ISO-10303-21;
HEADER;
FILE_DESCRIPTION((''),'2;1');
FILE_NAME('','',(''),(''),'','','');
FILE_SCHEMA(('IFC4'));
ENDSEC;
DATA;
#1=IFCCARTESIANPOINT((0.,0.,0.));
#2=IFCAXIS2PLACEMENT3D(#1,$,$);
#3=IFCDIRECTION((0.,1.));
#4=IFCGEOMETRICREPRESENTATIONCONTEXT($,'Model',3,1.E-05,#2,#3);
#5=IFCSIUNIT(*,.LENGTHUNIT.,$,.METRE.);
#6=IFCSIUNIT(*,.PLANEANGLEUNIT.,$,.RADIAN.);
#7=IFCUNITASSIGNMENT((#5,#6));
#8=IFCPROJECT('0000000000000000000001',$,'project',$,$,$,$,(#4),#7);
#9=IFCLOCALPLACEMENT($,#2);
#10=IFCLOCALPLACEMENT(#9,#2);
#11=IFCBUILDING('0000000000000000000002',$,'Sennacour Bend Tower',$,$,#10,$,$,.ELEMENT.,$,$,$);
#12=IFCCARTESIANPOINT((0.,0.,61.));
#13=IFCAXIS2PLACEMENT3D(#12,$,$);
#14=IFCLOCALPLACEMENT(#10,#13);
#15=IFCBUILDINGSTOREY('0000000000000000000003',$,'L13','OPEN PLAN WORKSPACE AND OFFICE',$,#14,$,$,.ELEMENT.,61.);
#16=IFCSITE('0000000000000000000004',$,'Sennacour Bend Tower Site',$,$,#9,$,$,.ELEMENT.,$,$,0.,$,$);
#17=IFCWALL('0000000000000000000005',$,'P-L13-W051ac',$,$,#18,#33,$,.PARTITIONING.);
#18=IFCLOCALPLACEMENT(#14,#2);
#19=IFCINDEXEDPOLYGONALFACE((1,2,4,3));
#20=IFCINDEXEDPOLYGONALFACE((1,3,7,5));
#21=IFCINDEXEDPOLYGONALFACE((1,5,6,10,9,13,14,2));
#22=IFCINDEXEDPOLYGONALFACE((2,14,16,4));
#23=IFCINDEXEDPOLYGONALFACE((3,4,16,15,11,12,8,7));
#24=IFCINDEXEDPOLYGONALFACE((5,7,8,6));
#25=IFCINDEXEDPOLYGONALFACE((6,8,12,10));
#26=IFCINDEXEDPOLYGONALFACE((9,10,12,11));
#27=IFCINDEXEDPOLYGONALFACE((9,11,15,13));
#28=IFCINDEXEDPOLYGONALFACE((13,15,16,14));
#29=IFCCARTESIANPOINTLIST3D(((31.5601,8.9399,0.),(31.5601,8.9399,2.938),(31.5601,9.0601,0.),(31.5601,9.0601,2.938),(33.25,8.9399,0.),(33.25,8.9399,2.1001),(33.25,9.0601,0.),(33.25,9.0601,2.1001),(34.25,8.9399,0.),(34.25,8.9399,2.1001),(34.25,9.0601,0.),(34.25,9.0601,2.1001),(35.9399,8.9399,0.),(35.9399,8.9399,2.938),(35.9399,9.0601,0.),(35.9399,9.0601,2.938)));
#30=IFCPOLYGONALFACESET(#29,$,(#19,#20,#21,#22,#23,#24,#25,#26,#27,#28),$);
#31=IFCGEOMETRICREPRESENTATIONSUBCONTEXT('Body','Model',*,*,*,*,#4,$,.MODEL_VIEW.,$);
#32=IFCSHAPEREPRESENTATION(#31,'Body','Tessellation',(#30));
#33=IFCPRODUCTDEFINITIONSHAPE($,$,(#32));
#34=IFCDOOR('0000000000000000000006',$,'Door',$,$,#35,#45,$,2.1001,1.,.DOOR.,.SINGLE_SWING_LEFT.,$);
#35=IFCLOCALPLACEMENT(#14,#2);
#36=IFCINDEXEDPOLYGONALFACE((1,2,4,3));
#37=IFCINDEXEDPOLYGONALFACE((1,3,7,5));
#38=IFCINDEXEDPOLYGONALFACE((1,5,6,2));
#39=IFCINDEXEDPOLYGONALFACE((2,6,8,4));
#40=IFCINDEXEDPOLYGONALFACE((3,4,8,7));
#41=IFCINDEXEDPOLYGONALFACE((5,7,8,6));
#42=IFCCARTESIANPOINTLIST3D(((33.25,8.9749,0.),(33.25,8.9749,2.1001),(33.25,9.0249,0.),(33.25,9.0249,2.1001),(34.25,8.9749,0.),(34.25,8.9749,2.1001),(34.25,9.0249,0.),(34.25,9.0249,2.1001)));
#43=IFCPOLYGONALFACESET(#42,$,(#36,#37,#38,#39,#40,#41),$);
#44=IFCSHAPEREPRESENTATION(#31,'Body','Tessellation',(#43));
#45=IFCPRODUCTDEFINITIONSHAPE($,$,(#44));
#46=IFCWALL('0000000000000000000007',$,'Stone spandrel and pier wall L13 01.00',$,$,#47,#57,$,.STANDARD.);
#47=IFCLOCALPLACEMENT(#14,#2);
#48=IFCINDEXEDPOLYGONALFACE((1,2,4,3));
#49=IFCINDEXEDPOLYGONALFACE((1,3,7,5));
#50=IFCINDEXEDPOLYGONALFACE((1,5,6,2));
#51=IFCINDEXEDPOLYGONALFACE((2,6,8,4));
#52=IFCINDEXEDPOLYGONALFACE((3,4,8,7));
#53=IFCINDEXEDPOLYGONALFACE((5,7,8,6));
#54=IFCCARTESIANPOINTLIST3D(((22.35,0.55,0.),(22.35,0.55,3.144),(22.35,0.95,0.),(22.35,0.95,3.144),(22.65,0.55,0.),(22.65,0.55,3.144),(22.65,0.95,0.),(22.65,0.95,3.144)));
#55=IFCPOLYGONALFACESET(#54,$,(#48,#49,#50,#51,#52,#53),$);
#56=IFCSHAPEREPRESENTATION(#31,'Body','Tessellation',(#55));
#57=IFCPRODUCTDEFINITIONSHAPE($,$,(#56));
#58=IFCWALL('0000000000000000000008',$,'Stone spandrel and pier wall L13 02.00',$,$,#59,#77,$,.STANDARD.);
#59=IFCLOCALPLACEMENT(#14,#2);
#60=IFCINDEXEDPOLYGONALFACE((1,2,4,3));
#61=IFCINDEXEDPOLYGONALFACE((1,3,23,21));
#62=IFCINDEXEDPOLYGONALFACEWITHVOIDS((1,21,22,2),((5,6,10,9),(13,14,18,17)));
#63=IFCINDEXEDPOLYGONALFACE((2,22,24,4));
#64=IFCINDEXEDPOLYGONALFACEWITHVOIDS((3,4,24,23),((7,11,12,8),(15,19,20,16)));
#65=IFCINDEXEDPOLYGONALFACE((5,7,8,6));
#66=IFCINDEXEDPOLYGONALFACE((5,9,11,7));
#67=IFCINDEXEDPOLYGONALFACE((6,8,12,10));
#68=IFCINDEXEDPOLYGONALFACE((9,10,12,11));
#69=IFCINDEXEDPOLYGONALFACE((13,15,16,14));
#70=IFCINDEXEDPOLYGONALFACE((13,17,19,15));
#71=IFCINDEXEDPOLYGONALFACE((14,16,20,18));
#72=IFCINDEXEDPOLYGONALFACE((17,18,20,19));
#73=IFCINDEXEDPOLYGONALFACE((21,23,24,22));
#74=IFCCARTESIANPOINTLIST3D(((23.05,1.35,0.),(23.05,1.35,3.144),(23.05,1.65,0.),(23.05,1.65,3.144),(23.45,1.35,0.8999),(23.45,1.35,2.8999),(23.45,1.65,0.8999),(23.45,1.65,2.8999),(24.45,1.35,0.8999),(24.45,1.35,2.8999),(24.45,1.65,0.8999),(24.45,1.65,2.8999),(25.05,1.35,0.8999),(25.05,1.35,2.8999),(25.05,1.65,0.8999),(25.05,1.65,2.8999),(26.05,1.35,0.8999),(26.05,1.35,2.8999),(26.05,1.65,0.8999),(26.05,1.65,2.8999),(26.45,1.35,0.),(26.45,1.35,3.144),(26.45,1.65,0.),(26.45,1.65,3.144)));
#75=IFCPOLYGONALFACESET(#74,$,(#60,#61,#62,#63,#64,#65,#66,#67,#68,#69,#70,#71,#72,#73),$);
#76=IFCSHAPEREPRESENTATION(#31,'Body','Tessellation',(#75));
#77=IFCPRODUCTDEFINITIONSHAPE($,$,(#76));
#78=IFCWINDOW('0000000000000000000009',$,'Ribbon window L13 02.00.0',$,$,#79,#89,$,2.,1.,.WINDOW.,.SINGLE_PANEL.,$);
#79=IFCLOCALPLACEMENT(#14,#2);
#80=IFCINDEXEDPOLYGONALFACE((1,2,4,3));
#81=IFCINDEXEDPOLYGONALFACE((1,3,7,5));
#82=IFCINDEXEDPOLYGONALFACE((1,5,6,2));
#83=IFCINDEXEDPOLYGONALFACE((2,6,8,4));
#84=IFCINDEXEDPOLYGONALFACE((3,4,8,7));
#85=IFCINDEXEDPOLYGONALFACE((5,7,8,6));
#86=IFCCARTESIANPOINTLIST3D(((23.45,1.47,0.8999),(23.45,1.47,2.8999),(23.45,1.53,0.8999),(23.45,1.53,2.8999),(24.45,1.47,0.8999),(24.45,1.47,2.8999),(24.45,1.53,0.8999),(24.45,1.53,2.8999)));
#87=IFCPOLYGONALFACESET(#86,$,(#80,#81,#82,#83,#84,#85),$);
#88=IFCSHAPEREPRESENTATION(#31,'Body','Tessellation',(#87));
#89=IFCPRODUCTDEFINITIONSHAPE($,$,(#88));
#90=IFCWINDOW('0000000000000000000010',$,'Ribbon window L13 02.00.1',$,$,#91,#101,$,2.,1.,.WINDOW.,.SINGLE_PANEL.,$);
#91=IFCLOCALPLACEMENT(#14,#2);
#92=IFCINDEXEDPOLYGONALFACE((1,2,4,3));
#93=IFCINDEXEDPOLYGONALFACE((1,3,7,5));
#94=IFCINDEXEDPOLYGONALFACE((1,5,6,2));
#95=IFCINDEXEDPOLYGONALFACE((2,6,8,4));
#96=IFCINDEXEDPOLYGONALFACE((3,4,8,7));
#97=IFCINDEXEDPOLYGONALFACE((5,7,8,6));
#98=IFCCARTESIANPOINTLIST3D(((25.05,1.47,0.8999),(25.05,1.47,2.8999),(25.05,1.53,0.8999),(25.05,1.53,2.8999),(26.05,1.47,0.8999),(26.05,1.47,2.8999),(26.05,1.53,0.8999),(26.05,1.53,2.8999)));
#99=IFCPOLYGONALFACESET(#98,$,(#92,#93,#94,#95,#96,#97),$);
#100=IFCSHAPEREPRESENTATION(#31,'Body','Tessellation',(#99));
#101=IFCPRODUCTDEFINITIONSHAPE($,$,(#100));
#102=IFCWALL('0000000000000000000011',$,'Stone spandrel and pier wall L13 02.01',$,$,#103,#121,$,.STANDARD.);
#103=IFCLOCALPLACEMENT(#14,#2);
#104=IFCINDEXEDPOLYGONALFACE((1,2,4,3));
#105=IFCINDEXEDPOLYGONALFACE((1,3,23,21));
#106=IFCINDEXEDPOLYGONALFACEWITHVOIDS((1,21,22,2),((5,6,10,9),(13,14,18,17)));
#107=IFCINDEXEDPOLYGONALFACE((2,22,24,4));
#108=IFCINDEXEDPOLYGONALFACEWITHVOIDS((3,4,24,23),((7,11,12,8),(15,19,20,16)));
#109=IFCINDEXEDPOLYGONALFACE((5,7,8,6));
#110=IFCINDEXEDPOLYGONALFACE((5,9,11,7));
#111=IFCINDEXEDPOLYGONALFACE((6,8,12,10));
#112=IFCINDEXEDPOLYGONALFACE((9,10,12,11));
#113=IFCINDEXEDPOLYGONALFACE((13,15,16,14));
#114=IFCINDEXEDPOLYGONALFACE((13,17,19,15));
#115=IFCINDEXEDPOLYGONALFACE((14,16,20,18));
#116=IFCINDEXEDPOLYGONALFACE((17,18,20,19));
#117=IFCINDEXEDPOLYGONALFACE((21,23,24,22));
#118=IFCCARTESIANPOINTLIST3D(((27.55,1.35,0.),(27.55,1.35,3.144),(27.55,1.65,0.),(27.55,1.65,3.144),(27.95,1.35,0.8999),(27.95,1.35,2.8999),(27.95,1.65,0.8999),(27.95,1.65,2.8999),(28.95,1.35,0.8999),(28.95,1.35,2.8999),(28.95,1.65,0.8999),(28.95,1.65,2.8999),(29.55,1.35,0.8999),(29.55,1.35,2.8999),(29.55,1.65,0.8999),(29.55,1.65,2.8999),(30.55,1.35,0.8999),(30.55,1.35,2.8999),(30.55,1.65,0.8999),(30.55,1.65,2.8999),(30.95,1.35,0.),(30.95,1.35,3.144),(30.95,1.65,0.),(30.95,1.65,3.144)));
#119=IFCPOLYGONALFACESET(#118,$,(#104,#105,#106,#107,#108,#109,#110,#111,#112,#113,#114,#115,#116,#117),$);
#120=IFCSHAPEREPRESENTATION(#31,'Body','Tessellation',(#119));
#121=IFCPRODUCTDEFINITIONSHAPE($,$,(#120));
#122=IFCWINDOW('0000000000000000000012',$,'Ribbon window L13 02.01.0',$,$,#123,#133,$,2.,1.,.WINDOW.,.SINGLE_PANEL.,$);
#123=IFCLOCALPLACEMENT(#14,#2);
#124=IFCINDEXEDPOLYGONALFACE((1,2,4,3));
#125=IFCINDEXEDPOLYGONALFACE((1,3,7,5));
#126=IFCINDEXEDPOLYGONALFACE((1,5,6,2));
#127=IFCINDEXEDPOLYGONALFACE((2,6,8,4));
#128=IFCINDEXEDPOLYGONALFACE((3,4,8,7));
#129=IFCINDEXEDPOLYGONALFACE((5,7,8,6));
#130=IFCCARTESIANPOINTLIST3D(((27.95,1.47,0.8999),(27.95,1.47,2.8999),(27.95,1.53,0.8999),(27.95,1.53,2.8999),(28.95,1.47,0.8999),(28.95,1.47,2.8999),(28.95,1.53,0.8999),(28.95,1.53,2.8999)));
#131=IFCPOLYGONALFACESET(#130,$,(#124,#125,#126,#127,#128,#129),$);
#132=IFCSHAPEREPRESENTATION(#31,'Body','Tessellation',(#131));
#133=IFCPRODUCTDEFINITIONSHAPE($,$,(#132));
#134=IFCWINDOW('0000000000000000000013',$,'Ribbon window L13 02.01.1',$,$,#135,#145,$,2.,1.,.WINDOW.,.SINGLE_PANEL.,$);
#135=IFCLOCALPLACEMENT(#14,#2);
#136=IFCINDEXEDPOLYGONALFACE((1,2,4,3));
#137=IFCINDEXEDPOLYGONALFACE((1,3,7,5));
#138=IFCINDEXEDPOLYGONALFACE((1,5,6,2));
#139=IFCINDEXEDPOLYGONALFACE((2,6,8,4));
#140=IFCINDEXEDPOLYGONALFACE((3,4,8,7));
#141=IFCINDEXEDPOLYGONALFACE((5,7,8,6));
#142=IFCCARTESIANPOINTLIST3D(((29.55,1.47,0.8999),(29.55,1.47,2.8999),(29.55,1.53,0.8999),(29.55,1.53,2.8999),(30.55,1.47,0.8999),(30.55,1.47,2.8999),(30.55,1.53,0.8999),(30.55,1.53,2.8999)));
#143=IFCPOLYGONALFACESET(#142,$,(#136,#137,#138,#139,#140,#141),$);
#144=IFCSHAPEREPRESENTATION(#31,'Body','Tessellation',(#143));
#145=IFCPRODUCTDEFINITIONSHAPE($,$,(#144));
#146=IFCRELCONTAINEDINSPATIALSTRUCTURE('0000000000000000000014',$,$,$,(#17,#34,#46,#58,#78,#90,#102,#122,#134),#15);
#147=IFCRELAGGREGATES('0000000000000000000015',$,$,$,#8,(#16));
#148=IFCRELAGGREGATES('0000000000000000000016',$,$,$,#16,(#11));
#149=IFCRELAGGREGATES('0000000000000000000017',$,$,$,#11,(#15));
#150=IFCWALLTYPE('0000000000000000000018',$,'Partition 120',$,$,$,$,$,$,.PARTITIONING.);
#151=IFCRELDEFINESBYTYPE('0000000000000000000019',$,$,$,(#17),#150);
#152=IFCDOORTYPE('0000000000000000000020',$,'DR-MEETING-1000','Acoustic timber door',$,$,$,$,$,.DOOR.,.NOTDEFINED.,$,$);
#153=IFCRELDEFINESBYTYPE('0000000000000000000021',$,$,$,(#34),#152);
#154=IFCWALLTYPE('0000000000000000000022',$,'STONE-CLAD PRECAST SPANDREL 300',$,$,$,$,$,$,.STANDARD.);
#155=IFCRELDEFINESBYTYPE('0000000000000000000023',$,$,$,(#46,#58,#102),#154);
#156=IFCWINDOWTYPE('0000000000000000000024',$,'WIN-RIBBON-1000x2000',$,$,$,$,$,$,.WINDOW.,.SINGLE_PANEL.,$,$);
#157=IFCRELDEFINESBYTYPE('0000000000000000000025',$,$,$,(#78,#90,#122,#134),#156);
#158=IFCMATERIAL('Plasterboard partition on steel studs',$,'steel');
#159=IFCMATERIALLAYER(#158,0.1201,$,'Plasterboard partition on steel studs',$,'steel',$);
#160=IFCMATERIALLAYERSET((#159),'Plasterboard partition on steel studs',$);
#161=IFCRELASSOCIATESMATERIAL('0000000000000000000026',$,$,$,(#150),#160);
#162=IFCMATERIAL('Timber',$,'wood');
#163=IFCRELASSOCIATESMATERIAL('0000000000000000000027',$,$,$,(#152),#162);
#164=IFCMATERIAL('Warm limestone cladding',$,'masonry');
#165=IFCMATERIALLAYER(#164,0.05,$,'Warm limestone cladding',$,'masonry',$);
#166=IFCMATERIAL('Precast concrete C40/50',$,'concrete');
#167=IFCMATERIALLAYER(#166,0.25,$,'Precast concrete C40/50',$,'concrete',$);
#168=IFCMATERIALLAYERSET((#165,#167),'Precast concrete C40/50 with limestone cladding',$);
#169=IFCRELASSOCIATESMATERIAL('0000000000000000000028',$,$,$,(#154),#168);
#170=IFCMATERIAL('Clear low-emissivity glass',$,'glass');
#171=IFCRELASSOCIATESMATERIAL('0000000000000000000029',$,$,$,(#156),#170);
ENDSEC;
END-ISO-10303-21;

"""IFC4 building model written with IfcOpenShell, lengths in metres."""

from ifc_helpers import new_model, si_unit, direction, frame, frame_2d, origin, place, context, subcontext, project, spatial, rectangle, extrude, material, layer, layer_set, type_object, element, fill, save


model = new_model("IFC4")

# Units and contexts
model_context = context("Model", 3, precision=1e-05, world=origin(), true_north=direction((0.0, 1.0)))
body_context = subcontext(model_context, "Body", "Model", "MODEL_VIEW")
ifc_project = project(units=[si_unit("LENGTHUNIT", "METRE"), si_unit("PLANEANGLEUNIT", "RADIAN")], contexts=[model_context])

# Site, building, storey
site_placement = place(None, origin())
site = spatial("IfcSite", under=ifc_project, at=site_placement, Name="Sennacour Bend Tower Site", CompositionType="ELEMENT", RefElevation=0.0)
building_placement = place(site_placement, origin())
building = spatial("IfcBuilding", under=site, at=building_placement, Name="Sennacour Bend Tower", CompositionType="ELEMENT")
storey_placement = place(building_placement, frame((0.0, 0.0, 61.0)))
storey = spatial("IfcBuildingStorey", under=building, at=storey_placement, Name="L13", Description="OPEN PLAN WORKSPACE AND OFFICE", CompositionType="ELEMENT", Elevation=61.0)

# Shared definitions
ifc_material_1 = material(Name="Plasterboard partition on steel studs", Category="steel")
ifc_layer_1 = layer(ifc_material_1, 0.1201, Name="Plasterboard partition on steel studs", Category="steel")
ifc_layer_set_1 = layer_set([ifc_layer_1], Name="Plasterboard partition on steel studs")
wall_type_1 = type_object("IfcWallType", Name="Partition 120", PredefinedType="PARTITIONING", material=ifc_layer_set_1)

# Wall, opening, door
wall_1_placement = place(storey_placement, frame((31.5601, 9.0, 0.0), z_axis=(0.0, 0.0, 1.0), x_axis=(1.0, 0.0, 0.0)))
wall_1 = element("IfcWall", 1, at=wall_1_placement, inside=storey, type_object=wall_type_1, Name="P-L13-W051ac", PredefinedType="PARTITIONING", context=body_context, shape_type="SweptSolid", body=[
    extrude(rectangle(XDim=4.3799, YDim=0.1201, at=frame_2d((2.1899, 0.0))), origin(), (0.0, 0.0, 1.0), 2.938),
])
opening_1_placement = place(wall_1_placement, frame((1.6899, 0.0, 0.0)))
opening_1 = element("IfcOpeningElement", 2, at=opening_1_placement, cuts=wall_1, PredefinedType="OPENING", context=body_context, shape_type="SweptSolid", body=[
    extrude(rectangle(XDim=1.0, YDim=2.1001, at=frame_2d((0.5, 1.05))), frame((0.0, 0.0701, 0.0), z_axis=(0.0, -1.0, 0.0), x_axis=(1.0, 0.0, 0.0)), (0.0, 0.0, 1.0), 0.1401),
])
ifc_material_2 = material(Name="Timber", Category="wood")
door_type = type_object("IfcDoorType", Name="DR-MEETING-1000", Description="Acoustic timber door", OperationType="NOTDEFINED", PredefinedType="DOOR", material=ifc_material_2)
door_placement = place(opening_1_placement, origin())
door = element("IfcDoor", 3, at=door_placement, inside=storey, type_object=door_type, Name="Door", OperationType="SINGLE_SWING_LEFT", OverallHeight=2.1001, OverallWidth=1.0, PredefinedType="DOOR", context=body_context, shape_type="SweptSolid", body=[
    extrude(rectangle(XDim=1.0, YDim=2.1001, at=frame_2d((0.5, 1.05))), frame((0.0, 0.0249, 0.0), z_axis=(0.0, -1.0, 0.0), x_axis=(1.0, 0.0, 0.0)), (0.0, 0.0, 1.0), 0.05),
])
fill(opening_1, door)

# Wall
ifc_material_3 = material(Name="Warm limestone cladding", Category="masonry")
ifc_layer_2 = layer(ifc_material_3, 0.05, Name="Warm limestone cladding", Category="masonry")
ifc_material_4 = material(Name="Precast concrete C40/50", Category="concrete")
ifc_layer_3 = layer(ifc_material_4, 0.25, Name="Precast concrete C40/50", Category="concrete")
ifc_layer_set_2 = layer_set([ifc_layer_2, ifc_layer_3], Name="Precast concrete C40/50 with limestone cladding")
wall_type_2 = type_object("IfcWallType", Name="STONE-CLAD PRECAST SPANDREL 300", PredefinedType="STANDARD", material=ifc_layer_set_2)
wall_2_placement = place(storey_placement, frame((22.5, 0.55, 0.0), z_axis=(0.0, 0.0, 1.0), x_axis=(0.0, 1.0, 0.0)))
element("IfcWall", 4, at=wall_2_placement, inside=storey, type_object=wall_type_2, Name="Stone spandrel and pier wall L13 01.00", PredefinedType="STANDARD", context=body_context, shape_type="SweptSolid", body=[
    extrude(rectangle(XDim=0.3999, YDim=0.3, at=frame_2d((0.2, 0.0))), origin(), (0.0, 0.0, 1.0), 3.144),
])

# Walls, openings, windows
wall_3_placement = place(storey_placement, frame((23.05, 1.5, 0.0), z_axis=(0.0, 0.0, 1.0), x_axis=(1.0, 0.0, 0.0)))
wall_3 = element("IfcWall", 5, at=wall_3_placement, inside=storey, type_object=wall_type_2, Name="Stone spandrel and pier wall L13 02.00", PredefinedType="STANDARD", context=body_context, shape_type="SweptSolid", body=[
    extrude(rectangle(XDim=3.3999, YDim=0.3, at=frame_2d((1.7, 0.0))), origin(), (0.0, 0.0, 1.0), 3.144),
])
opening_2_placement = place(wall_3_placement, frame((0.3999, 0.0, 0.8999)))
opening_2 = element("IfcOpeningElement", 6, at=opening_2_placement, cuts=wall_3, PredefinedType="OPENING", context=body_context, shape_type="SweptSolid", body=[
    extrude(rectangle(XDim=1.0, YDim=2.0, at=frame_2d((0.5, 1.0))), frame((0.0, 0.1602, 0.0), z_axis=(0.0, -1.0, 0.0), x_axis=(1.0, 0.0, 0.0)), (0.0, 0.0, 1.0), 0.3201),
])
opening_3_placement = place(wall_3_placement, frame((2.0, 0.0, 0.8999)))
opening_3 = element("IfcOpeningElement", 7, at=opening_3_placement, cuts=wall_3, PredefinedType="OPENING", context=body_context, shape_type="SweptSolid", body=[
    extrude(rectangle(XDim=1.0, YDim=2.0, at=frame_2d((0.5, 1.0))), frame((0.0, 0.1602, 0.0), z_axis=(0.0, -1.0, 0.0), x_axis=(1.0, 0.0, 0.0)), (0.0, 0.0, 1.0), 0.3201),
])
ifc_material_5 = material(Name="Clear low-emissivity glass", Category="glass")
window_type = type_object("IfcWindowType", Name="WIN-RIBBON-1000x2000", PartitioningType="SINGLE_PANEL", PredefinedType="WINDOW", material=ifc_material_5)
window_1_placement = place(opening_2_placement, origin())
window_1 = element("IfcWindow", 8, at=window_1_placement, inside=storey, type_object=window_type, Name="Ribbon window L13 02.00.0", OverallHeight=2.0, OverallWidth=1.0, PartitioningType="SINGLE_PANEL", PredefinedType="WINDOW", context=body_context, shape_type="SweptSolid", body=[
    extrude(rectangle(XDim=1.0, YDim=2.0, at=frame_2d((0.5, 1.0))), frame((0.0, 0.03, 0.0), z_axis=(0.0, -1.0, 0.0), x_axis=(1.0, 0.0, 0.0)), (0.0, 0.0, 1.0), 0.0601),
])
fill(opening_2, window_1)
window_2_placement = place(opening_3_placement, origin())
window_2 = element("IfcWindow", 9, at=window_2_placement, inside=storey, type_object=window_type, Name="Ribbon window L13 02.00.1", OverallHeight=2.0, OverallWidth=1.0, PartitioningType="SINGLE_PANEL", PredefinedType="WINDOW", context=body_context, shape_type="SweptSolid", body=[
    extrude(rectangle(XDim=1.0, YDim=2.0, at=frame_2d((0.5, 1.0))), frame((0.0, 0.03, 0.0), z_axis=(0.0, -1.0, 0.0), x_axis=(1.0, 0.0, 0.0)), (0.0, 0.0, 1.0), 0.0601),
])
fill(opening_3, window_2)
wall_4_placement = place(storey_placement, frame((27.55, 1.5, 0.0), z_axis=(0.0, 0.0, 1.0), x_axis=(1.0, 0.0, 0.0)))
wall_4 = element("IfcWall", 10, at=wall_4_placement, inside=storey, type_object=wall_type_2, Name="Stone spandrel and pier wall L13 02.01", PredefinedType="STANDARD", context=body_context, shape_type="SweptSolid", body=[
    extrude(rectangle(XDim=3.3999, YDim=0.3, at=frame_2d((1.7, 0.0))), origin(), (0.0, 0.0, 1.0), 3.144),
])
opening_4_placement = place(wall_4_placement, frame((0.3999, 0.0, 0.8999)))
opening_4 = element("IfcOpeningElement", 11, at=opening_4_placement, cuts=wall_4, PredefinedType="OPENING", context=body_context, shape_type="SweptSolid", body=[
    extrude(rectangle(XDim=1.0, YDim=2.0, at=frame_2d((0.5, 1.0))), frame((0.0, 0.1602, 0.0), z_axis=(0.0, -1.0, 0.0), x_axis=(1.0, 0.0, 0.0)), (0.0, 0.0, 1.0), 0.3201),
])
opening_5_placement = place(wall_4_placement, frame((2.0, 0.0, 0.8999)))
opening_5 = element("IfcOpeningElement", 12, at=opening_5_placement, cuts=wall_4, PredefinedType="OPENING", context=body_context, shape_type="SweptSolid", body=[
    extrude(rectangle(XDim=1.0, YDim=2.0, at=frame_2d((0.5, 1.0))), frame((0.0, 0.1602, 0.0), z_axis=(0.0, -1.0, 0.0), x_axis=(1.0, 0.0, 0.0)), (0.0, 0.0, 1.0), 0.3201),
])
window_3_placement = place(opening_4_placement, origin())
window_3 = element("IfcWindow", 13, at=window_3_placement, inside=storey, type_object=window_type, Name="Ribbon window L13 02.01.0", OverallHeight=2.0, OverallWidth=1.0, PartitioningType="SINGLE_PANEL", PredefinedType="WINDOW", context=body_context, shape_type="SweptSolid", body=[
    extrude(rectangle(XDim=1.0, YDim=2.0, at=frame_2d((0.5, 1.0))), frame((0.0, 0.03, 0.0), z_axis=(0.0, -1.0, 0.0), x_axis=(1.0, 0.0, 0.0)), (0.0, 0.0, 1.0), 0.0601),
])
fill(opening_4, window_3)
window_4_placement = place(opening_5_placement, origin())
window_4 = element("IfcWindow", 14, at=window_4_placement, inside=storey, type_object=window_type, Name="Ribbon window L13 02.01.1", OverallHeight=2.0, OverallWidth=1.0, PartitioningType="SINGLE_PANEL", PredefinedType="WINDOW", context=body_context, shape_type="SweptSolid", body=[
    extrude(rectangle(XDim=1.0, YDim=2.0, at=frame_2d((0.5, 1.0))), frame((0.0, 0.03, 0.0), z_axis=(0.0, -1.0, 0.0), x_axis=(1.0, 0.0, 0.0)), (0.0, 0.0, 1.0), 0.0601),
])
fill(opening_5, window_4)

save(model, "model.ifc")
